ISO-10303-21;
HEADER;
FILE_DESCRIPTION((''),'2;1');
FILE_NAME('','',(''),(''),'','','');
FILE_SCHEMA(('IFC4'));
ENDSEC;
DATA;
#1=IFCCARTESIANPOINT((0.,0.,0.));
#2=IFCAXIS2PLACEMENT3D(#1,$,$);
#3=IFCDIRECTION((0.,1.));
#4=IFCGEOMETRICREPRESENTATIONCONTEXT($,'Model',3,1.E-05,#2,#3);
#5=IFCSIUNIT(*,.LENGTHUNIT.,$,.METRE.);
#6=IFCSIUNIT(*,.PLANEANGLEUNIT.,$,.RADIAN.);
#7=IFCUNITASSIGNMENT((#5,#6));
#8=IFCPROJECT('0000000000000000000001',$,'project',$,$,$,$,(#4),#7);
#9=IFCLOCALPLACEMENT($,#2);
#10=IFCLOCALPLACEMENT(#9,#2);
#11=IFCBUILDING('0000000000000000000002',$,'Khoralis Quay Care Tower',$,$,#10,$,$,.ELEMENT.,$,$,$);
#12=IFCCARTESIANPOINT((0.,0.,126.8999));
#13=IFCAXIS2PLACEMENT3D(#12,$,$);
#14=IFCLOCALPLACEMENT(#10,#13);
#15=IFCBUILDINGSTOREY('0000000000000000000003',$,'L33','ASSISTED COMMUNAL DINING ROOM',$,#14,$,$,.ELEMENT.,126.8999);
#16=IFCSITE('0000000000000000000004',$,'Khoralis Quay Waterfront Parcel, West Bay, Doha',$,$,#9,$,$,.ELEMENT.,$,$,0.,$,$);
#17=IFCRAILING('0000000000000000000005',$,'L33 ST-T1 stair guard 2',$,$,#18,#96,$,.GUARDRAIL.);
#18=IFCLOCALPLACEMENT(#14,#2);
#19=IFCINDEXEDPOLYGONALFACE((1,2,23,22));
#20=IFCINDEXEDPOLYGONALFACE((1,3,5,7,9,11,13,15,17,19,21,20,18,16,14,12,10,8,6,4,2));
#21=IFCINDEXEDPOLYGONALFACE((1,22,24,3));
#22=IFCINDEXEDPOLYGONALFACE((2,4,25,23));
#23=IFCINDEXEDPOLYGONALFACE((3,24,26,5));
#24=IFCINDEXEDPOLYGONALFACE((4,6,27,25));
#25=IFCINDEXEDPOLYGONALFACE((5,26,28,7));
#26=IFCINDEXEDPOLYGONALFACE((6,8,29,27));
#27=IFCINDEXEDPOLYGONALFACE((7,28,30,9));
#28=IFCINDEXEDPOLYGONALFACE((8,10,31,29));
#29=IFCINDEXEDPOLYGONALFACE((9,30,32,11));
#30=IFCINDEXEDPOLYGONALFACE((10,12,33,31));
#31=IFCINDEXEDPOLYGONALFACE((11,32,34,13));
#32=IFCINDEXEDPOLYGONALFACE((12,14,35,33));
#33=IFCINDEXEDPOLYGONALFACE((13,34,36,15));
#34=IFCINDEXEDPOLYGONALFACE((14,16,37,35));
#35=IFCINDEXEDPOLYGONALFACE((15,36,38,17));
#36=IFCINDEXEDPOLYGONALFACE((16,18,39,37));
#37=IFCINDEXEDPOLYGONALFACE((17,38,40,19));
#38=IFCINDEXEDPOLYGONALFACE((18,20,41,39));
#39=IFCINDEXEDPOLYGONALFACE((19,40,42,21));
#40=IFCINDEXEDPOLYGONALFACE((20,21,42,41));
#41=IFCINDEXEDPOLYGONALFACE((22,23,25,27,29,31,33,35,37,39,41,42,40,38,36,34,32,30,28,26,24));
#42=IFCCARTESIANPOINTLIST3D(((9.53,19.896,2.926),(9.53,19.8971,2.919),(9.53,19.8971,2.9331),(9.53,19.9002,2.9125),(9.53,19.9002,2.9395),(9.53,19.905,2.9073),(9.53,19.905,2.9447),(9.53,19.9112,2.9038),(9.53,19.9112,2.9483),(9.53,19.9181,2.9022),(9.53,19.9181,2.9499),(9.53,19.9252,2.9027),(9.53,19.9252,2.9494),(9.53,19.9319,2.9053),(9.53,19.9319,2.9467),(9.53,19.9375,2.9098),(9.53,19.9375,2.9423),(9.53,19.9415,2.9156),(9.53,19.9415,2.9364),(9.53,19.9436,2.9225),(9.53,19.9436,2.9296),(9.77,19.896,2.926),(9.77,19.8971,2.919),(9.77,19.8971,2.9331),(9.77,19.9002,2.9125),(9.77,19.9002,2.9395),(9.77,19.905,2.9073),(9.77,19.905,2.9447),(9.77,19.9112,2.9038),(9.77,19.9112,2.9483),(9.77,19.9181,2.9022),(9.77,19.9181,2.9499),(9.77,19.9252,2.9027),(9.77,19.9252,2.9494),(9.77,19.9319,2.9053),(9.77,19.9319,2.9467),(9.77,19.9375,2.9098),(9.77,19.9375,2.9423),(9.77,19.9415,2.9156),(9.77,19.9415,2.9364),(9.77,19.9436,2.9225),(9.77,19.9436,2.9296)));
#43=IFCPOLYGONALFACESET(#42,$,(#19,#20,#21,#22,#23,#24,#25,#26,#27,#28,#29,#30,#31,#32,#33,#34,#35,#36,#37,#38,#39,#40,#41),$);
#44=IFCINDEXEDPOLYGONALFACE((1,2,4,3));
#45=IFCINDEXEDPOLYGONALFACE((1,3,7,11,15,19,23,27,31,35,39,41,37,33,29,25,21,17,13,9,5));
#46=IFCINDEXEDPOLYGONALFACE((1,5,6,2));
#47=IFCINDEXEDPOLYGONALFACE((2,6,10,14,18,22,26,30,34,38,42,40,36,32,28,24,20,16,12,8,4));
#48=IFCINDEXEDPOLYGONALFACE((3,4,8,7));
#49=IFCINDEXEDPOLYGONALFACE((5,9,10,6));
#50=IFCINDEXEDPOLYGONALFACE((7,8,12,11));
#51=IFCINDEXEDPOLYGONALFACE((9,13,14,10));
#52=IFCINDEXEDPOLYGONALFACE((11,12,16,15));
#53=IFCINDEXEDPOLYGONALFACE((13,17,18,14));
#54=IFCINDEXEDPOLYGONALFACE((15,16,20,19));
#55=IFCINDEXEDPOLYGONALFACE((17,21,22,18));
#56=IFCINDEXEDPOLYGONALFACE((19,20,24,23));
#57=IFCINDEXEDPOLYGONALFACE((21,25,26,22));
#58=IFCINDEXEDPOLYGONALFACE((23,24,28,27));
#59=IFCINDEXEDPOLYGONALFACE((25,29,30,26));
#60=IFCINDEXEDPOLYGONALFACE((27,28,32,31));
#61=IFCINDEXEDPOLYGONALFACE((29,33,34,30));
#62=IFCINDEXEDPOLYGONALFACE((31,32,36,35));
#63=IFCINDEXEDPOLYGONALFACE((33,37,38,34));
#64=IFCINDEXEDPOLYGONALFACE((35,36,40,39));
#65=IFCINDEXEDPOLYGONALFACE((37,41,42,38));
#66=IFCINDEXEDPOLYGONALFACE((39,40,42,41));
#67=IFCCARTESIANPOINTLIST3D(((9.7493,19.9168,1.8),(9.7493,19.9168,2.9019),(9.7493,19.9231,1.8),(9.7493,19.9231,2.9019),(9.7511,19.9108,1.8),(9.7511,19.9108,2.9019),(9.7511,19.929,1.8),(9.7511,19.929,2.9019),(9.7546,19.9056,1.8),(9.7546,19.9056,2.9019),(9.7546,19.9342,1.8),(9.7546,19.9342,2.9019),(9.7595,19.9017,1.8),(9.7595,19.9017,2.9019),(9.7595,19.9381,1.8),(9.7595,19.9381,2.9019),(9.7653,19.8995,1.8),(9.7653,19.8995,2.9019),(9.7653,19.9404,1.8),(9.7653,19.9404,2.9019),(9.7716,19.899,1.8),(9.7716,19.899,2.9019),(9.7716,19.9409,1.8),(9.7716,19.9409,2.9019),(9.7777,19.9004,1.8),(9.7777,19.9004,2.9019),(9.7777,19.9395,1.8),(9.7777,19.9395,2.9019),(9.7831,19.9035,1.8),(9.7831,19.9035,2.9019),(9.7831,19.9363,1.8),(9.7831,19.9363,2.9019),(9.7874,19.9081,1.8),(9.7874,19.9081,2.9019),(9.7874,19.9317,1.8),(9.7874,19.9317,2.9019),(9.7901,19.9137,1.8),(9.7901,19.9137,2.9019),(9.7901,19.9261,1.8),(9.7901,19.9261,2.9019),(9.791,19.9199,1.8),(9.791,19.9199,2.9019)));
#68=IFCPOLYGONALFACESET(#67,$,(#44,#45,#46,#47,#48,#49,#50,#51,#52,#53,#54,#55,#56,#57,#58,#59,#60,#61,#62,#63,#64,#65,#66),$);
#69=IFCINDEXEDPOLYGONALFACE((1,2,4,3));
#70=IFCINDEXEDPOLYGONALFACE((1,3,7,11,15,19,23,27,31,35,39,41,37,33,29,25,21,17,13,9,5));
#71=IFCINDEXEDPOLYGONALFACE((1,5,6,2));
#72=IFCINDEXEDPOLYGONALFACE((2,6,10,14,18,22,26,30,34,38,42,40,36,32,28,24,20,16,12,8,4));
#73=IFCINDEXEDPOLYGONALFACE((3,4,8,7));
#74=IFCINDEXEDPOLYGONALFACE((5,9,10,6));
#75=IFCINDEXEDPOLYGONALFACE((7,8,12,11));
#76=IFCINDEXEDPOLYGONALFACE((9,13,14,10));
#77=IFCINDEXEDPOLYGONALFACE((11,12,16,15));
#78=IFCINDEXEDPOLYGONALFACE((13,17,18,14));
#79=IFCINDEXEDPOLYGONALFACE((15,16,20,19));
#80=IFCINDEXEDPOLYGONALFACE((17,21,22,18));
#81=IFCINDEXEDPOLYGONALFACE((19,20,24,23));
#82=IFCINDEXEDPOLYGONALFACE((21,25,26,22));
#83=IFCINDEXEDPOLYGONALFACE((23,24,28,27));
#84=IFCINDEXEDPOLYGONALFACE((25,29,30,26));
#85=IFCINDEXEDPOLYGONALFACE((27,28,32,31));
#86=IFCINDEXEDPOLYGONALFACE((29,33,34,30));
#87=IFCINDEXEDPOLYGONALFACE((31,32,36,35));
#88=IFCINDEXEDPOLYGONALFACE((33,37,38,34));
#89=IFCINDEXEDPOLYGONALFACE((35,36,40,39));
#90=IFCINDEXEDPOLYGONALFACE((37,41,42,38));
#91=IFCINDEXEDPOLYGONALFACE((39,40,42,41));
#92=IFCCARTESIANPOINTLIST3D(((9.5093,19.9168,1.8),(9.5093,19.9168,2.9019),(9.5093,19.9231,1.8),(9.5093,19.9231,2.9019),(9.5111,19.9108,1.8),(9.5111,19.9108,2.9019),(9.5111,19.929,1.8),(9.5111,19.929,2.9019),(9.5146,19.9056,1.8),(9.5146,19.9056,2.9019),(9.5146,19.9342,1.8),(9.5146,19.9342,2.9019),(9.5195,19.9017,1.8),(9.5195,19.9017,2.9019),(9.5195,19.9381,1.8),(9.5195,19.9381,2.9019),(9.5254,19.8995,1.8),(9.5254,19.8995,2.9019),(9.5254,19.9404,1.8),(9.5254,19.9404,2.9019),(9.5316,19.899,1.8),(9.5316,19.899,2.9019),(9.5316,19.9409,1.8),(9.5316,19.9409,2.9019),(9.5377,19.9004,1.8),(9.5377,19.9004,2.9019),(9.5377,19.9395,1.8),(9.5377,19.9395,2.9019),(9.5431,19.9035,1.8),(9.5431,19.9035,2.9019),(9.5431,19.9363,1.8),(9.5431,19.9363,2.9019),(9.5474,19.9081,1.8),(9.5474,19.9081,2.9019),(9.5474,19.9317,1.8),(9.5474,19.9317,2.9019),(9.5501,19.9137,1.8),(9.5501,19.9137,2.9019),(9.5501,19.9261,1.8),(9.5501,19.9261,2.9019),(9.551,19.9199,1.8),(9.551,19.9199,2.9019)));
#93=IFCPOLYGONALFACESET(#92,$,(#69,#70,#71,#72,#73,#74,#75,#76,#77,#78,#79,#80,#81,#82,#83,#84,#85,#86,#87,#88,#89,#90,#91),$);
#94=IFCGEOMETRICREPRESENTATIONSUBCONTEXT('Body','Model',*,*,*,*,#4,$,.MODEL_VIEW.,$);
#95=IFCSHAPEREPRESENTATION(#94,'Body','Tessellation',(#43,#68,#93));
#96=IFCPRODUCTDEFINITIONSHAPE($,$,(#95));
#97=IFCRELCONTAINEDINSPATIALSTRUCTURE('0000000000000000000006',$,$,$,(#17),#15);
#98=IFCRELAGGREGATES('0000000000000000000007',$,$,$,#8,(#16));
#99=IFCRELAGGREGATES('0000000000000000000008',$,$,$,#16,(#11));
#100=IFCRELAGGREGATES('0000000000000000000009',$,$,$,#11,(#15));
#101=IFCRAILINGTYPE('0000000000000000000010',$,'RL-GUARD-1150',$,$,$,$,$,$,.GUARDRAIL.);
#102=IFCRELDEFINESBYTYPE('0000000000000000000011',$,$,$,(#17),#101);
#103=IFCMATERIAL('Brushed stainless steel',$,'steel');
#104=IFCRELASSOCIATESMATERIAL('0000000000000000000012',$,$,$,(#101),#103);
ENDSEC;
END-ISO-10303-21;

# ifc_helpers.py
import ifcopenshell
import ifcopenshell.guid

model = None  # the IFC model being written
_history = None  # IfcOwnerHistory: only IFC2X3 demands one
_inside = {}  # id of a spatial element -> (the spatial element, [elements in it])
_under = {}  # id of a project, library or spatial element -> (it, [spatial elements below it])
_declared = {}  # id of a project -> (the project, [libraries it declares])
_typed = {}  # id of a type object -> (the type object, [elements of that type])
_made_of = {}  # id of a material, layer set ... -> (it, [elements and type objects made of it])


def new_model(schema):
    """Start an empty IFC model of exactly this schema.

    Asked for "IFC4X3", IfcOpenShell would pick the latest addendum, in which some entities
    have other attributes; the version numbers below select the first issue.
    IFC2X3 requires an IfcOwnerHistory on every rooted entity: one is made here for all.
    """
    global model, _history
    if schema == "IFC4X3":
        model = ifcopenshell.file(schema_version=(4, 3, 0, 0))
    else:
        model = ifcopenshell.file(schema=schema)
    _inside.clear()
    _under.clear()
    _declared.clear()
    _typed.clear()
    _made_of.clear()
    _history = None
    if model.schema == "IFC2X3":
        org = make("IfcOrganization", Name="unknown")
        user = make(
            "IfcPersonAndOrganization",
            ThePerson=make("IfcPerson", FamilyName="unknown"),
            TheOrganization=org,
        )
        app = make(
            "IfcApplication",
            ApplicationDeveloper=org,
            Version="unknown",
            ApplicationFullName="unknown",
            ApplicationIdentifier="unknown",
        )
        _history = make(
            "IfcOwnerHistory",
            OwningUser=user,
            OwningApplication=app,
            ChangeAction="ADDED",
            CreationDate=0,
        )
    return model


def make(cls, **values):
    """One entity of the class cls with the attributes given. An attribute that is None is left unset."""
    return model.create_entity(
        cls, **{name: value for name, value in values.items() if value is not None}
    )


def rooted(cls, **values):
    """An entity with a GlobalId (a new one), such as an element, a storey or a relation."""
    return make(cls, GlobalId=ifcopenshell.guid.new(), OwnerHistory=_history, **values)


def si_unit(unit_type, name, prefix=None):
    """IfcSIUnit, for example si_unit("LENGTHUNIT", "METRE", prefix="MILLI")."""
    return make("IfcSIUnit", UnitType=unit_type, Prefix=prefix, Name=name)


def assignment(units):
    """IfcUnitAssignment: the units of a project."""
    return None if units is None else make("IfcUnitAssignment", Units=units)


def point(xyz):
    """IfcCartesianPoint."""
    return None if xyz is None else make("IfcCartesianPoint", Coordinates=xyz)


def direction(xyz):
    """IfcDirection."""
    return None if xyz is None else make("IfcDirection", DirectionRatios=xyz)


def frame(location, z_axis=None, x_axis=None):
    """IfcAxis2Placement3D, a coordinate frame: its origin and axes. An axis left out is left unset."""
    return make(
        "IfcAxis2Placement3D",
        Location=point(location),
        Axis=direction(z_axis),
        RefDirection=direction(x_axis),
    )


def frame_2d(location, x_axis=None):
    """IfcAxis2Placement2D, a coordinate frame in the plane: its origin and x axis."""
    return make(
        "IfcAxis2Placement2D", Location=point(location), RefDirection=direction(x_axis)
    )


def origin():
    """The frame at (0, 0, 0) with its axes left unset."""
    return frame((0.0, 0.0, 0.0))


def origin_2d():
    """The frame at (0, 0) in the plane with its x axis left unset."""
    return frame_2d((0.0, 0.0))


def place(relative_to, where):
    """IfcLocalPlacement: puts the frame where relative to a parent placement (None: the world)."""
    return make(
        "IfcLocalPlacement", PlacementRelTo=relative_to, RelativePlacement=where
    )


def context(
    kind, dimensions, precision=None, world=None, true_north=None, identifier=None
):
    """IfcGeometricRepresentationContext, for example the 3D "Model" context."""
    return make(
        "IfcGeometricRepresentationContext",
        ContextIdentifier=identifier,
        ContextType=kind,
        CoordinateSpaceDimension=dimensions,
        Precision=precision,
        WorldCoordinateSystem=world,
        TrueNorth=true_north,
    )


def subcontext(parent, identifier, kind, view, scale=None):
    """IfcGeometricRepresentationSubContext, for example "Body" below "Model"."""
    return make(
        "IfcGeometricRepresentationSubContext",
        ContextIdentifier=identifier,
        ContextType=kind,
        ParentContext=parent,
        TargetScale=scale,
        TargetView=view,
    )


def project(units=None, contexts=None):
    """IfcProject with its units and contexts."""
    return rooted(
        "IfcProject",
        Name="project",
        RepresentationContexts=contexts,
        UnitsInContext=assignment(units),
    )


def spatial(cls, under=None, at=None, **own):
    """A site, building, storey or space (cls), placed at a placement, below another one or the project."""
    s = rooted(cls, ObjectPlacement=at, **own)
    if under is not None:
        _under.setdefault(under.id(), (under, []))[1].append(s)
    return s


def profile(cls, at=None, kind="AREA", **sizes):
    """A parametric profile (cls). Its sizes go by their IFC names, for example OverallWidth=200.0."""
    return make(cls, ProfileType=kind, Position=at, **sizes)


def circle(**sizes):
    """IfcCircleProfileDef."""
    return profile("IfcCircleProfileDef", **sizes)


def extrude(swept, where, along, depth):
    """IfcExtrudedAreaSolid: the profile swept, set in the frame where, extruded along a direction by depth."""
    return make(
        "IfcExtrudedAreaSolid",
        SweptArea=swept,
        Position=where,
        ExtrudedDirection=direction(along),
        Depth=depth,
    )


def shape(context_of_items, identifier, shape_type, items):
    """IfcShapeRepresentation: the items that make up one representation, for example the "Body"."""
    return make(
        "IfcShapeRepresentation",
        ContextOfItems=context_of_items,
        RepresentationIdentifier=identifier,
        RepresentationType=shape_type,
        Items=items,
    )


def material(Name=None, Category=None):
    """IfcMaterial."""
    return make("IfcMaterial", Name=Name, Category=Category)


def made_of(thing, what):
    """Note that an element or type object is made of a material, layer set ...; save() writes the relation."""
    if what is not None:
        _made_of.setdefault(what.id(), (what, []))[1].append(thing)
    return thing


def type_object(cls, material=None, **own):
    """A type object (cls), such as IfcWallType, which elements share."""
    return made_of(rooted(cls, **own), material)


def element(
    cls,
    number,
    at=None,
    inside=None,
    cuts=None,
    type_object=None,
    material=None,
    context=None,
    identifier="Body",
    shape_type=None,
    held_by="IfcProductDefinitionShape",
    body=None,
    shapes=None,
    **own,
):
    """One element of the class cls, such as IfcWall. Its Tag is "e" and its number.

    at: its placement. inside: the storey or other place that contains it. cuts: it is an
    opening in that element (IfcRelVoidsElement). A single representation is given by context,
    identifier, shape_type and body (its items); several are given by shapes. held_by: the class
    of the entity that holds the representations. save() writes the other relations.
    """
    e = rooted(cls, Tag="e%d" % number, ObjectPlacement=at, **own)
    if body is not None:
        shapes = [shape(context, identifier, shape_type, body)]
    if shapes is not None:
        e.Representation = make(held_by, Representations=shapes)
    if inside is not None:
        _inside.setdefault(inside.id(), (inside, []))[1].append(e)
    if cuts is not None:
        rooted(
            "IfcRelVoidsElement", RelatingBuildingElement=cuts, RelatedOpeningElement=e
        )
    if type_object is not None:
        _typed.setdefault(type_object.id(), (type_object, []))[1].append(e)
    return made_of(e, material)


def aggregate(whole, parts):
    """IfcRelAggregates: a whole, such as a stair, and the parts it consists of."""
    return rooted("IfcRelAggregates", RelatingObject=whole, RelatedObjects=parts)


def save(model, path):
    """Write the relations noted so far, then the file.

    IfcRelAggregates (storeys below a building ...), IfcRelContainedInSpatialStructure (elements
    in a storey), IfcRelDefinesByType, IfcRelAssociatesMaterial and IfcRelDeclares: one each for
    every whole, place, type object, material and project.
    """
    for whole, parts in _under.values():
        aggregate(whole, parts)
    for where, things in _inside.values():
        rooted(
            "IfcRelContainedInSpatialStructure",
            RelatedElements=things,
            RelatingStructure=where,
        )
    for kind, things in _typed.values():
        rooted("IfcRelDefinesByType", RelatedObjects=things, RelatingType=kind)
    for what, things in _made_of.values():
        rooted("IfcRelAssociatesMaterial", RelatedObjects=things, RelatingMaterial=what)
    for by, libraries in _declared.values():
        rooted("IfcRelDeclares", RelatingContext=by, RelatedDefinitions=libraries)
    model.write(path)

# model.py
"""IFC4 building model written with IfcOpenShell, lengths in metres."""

from ifc_helpers import new_model, si_unit, direction, frame, origin, origin_2d, place, context, subcontext, project, spatial, circle, extrude, material, type_object, element, save


model = new_model("IFC4")

# Units and contexts
model_context = context("Model", 3, precision=1e-05, world=origin(), true_north=direction((0.0, 1.0)))
body_context = subcontext(model_context, "Body", "Model", "MODEL_VIEW")
ifc_project = project(units=[si_unit("LENGTHUNIT", "METRE"), si_unit("PLANEANGLEUNIT", "RADIAN")], contexts=[model_context])

# Site, building, storey
site_placement = place(None, origin())
site = spatial("IfcSite", under=ifc_project, at=site_placement, Name="Khoralis Quay Waterfront Parcel, West Bay, Doha", CompositionType="ELEMENT", RefElevation=0.0)
building_placement = place(site_placement, origin())
building = spatial("IfcBuilding", under=site, at=building_placement, Name="Khoralis Quay Care Tower", CompositionType="ELEMENT")
storey_placement = place(building_placement, frame((0.0, 0.0, 126.8999)))
storey = spatial("IfcBuildingStorey", under=building, at=storey_placement, Name="L33", Description="ASSISTED COMMUNAL DINING ROOM", CompositionType="ELEMENT", Elevation=126.8999)

# Shared definitions
ifc_material_1 = material(Name="Brushed stainless steel", Category="steel")

# Railing
railing_type_1 = type_object("IfcRailingType", Name="RL-GUARD-1150", PredefinedType="GUARDRAIL", material=ifc_material_1)
railing_1_placement = place(storey_placement, frame((9.77, 19.9199, 1.8)))
element("IfcRailing", 1, at=railing_1_placement, inside=storey, type_object=railing_type_1, Name="L33 ST-T1 stair guard 2", PredefinedType="GUARDRAIL", context=body_context, shape_type="SweptSolid", body=[
    extrude(circle(Radius=0.0239, at=origin_2d()), frame((0.0, 0.0, 1.126), z_axis=(-1.0, 0.0, 0.0), x_axis=(0.0, -1.0, 0.0)), (0.0, 0.0, 1.0), 0.24),
    extrude(circle(Radius=0.021, at=origin_2d()), origin(), (0.0, 0.0, 1.0), 1.1018),
    extrude(circle(Radius=0.021, at=origin_2d()), frame((-0.24, 0.0, 0.0)), (0.0, 0.0, 1.0), 1.1018),
])

save(model, "model.ifc")
